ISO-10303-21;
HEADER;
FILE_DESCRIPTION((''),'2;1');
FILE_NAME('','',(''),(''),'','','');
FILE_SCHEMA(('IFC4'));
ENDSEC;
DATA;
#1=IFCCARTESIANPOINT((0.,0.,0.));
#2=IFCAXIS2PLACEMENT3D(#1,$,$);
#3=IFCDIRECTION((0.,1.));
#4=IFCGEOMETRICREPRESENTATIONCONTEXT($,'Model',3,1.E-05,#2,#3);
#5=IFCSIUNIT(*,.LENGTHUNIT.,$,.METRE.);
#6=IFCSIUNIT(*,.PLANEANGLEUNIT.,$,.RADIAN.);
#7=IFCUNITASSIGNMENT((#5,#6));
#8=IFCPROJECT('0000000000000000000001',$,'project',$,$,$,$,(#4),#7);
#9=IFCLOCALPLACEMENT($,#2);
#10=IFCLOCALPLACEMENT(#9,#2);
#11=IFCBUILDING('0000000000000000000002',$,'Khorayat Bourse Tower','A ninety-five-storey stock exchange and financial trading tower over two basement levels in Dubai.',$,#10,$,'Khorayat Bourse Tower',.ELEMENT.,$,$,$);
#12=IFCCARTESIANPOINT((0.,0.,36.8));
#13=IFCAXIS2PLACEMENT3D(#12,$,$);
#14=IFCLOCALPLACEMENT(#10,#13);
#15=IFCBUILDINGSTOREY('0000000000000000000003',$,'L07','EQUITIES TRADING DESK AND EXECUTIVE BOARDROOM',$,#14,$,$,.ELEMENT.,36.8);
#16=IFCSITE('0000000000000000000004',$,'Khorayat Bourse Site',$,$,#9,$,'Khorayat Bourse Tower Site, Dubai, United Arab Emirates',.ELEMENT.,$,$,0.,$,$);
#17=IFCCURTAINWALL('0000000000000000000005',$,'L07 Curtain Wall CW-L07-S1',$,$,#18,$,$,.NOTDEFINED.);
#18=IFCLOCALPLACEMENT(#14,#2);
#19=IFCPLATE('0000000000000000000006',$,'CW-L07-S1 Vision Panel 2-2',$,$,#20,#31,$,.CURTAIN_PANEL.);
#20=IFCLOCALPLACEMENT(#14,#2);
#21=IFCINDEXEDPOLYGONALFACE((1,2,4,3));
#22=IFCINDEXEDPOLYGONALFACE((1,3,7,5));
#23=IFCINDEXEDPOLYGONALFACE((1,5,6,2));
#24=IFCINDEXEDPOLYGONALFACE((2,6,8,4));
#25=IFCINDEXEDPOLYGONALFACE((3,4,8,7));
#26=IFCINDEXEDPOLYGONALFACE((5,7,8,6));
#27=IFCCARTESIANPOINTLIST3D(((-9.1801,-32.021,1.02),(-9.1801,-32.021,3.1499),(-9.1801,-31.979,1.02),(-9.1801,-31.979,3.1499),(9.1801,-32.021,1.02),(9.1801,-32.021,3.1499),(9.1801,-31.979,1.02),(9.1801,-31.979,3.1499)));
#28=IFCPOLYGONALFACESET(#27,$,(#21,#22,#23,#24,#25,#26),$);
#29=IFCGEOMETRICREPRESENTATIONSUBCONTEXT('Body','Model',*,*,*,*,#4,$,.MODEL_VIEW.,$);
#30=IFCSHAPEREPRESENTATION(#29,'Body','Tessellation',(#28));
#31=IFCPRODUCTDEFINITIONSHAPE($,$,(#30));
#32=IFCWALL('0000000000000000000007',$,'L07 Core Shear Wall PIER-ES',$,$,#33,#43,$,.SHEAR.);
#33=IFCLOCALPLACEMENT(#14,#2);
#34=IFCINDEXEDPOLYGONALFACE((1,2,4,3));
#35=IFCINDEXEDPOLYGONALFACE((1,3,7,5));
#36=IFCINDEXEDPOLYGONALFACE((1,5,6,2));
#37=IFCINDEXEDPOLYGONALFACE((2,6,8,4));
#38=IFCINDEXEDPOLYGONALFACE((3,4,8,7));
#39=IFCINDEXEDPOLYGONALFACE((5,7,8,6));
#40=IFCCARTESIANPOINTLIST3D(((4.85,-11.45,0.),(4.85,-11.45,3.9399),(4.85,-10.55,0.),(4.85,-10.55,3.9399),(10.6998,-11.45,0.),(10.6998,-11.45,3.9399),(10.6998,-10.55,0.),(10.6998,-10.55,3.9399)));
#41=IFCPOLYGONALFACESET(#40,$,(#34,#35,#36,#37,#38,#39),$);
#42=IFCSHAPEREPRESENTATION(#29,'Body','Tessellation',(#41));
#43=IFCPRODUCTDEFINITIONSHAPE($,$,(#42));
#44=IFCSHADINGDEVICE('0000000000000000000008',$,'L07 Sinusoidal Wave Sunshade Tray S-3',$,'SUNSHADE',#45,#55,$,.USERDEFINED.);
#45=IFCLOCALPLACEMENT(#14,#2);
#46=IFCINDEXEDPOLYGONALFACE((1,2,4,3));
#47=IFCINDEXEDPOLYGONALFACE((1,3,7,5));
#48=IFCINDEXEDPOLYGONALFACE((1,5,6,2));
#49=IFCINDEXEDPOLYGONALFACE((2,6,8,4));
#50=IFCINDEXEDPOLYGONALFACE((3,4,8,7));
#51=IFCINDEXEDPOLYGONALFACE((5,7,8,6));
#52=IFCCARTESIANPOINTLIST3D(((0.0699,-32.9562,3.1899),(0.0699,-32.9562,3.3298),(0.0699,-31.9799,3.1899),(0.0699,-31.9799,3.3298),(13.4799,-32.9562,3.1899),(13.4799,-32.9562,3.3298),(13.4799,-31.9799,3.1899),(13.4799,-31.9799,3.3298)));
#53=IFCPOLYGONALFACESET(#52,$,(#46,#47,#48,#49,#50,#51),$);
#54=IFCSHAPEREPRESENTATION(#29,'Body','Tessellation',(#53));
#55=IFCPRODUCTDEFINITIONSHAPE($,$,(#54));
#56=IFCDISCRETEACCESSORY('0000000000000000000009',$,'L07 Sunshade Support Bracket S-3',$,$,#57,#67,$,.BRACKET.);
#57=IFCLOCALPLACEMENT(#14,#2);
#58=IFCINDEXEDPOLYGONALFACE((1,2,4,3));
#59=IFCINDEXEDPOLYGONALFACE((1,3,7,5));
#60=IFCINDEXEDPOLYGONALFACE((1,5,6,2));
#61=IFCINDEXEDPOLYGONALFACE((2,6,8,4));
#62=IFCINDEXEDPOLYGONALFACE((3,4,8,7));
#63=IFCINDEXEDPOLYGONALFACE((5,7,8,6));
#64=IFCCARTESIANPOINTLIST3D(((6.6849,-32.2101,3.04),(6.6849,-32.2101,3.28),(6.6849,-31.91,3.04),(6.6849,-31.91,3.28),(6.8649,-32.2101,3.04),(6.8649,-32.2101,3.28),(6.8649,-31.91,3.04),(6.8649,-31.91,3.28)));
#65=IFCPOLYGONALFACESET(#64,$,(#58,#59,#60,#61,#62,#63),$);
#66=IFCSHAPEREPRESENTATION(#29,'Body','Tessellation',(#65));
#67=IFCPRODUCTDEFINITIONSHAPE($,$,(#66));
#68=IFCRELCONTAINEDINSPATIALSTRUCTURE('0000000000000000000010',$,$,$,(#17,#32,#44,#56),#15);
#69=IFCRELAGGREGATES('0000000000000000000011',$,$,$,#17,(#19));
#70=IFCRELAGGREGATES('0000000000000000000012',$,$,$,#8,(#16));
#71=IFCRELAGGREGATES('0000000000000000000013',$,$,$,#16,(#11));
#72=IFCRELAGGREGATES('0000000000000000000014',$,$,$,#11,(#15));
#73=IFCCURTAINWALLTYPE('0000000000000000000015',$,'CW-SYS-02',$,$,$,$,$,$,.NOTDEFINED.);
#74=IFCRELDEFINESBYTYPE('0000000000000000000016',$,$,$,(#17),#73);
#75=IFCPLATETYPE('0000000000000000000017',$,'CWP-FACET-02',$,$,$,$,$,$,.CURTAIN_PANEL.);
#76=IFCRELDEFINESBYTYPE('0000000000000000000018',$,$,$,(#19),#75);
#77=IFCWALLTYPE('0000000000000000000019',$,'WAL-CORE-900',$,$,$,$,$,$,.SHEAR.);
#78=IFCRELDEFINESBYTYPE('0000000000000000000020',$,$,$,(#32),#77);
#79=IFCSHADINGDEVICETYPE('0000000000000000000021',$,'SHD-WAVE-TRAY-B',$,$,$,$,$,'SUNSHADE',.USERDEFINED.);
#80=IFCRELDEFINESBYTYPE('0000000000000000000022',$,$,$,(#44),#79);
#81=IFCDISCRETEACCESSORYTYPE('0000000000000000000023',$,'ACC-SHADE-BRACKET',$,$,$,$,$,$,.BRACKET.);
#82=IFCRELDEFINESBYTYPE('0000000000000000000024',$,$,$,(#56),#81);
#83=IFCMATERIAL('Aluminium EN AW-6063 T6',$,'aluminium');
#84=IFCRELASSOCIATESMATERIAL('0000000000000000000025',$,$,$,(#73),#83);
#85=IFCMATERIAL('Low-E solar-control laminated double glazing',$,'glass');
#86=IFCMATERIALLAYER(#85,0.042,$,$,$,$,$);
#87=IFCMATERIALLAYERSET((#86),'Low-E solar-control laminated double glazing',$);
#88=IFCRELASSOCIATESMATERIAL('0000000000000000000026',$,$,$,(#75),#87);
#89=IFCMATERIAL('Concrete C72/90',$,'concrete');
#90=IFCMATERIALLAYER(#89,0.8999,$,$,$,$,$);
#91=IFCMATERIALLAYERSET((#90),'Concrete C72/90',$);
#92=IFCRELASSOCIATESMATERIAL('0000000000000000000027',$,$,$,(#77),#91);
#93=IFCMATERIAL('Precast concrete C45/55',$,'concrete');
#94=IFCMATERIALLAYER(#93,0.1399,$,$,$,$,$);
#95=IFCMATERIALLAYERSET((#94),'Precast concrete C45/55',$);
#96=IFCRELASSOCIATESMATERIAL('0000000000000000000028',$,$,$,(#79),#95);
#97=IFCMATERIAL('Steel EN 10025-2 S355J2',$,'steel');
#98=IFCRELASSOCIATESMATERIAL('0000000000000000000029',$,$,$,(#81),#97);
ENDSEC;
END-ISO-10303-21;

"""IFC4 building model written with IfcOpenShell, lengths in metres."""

from ifc_helpers import new_model, si_unit, direction, frame, frame_2d, origin, origin_2d, place, context, subcontext, project, spatial, rectangle, extrude, source, transform, mapped, material, layer, layer_set, type_object, element, aggregate, save


model = new_model("IFC4")

# Units and contexts
model_context = context("Model", 3, precision=1e-05, world=origin(), true_north=direction((0.0, 1.0)))
body_context = subcontext(model_context, "Body", "Model", "MODEL_VIEW")
ifc_project = project(units=[si_unit("LENGTHUNIT", "METRE"), si_unit("PLANEANGLEUNIT", "RADIAN")], contexts=[model_context])

# Site, building, storey
site_placement = place(None, origin())
site = spatial("IfcSite", under=ifc_project, at=site_placement, Name="Khorayat Bourse Site", LongName="Khorayat Bourse Tower Site, Dubai, United Arab Emirates", CompositionType="ELEMENT", RefElevation=0.0)
building_placement = place(site_placement, origin())
building = spatial("IfcBuilding", under=site, at=building_placement, Name="Khorayat Bourse Tower", Description="A ninety-five-storey stock exchange and financial trading tower over two basement levels in Dubai.", LongName="Khorayat Bourse Tower", CompositionType="ELEMENT")
storey_placement = place(building_placement, frame((0.0, 0.0, 36.8)))
storey = spatial("IfcBuildingStorey", under=building, at=storey_placement, Name="L07", Description="EQUITIES TRADING DESK AND EXECUTIVE BOARDROOM", CompositionType="ELEMENT", Elevation=36.8)

# Shared definitions
ifc_material_1 = material(Name="Concrete C72/90", Category="concrete")

# Curtain wall
ifc_material_2 = material(Name="Aluminium EN AW-6063 T6", Category="aluminium")
curtain_wall_type = type_object("IfcCurtainWallType", Name="CW-SYS-02", PredefinedType="NOTDEFINED", material=ifc_material_2)
curtain_wall_placement = place(storey_placement, origin())
curtain_wall = element("IfcCurtainWall", 1, at=curtain_wall_placement, inside=storey, type_object=curtain_wall_type, Name="L07 Curtain Wall CW-L07-S1", PredefinedType="NOTDEFINED")

# Shared definitions
ifc_material_3 = material(Name="Steel EN 10025-2 S355J2", Category="steel")

# Plate
ifc_material_4 = material(Name="Low-E solar-control laminated double glazing", Category="glass")
ifc_layer_1 = layer(ifc_material_4, 0.042)
ifc_layer_set_1 = layer_set([ifc_layer_1], Name="Low-E solar-control laminated double glazing")
plate_type_1 = type_object("IfcPlateType", Name="CWP-FACET-02", PredefinedType="CURTAIN_PANEL", material=ifc_layer_set_1)
shared_shape_1 = source(origin(), body_context, "Body", "SweptSolid", [
    extrude(rectangle(XDim=18.3601, YDim=0.042, at=origin_2d()), origin(), (0.0, 0.0, 1.0), 2.1299),
])
plate_1_placement = place(storey_placement, frame((0.0, -32.0, 1.02), z_axis=(0.0, 0.0, 1.0), x_axis=(1.0, 0.0, 0.0)))
plate_1 = element("IfcPlate", 2, at=plate_1_placement, type_object=plate_type_1, Name="CW-L07-S1 Vision Panel 2-2", PredefinedType="CURTAIN_PANEL", context=body_context, shape_type="MappedRepresentation", body=[
    mapped(shared_shape_1, transform((0.0, 0.0, 0.0), scale=1.0)),
])
aggregate(curtain_wall, [plate_1])

# Wall
ifc_layer_2 = layer(ifc_material_1, 0.8999)
ifc_layer_set_2 = layer_set([ifc_layer_2], Name="Concrete C72/90")
wall_type_1 = type_object("IfcWallType", Name="WAL-CORE-900", PredefinedType="SHEAR", material=ifc_layer_set_2)
shared_shape_2 = source(origin(), body_context, "Body", "SweptSolid", [
    extrude(rectangle(XDim=5.8499, YDim=0.8999, at=frame_2d((2.9248, 0.0))), origin(), (0.0, 0.0, 1.0), 3.9399),
])
wall_1_placement = place(storey_placement, frame((4.8501, -11.0, 0.0), z_axis=(0.0, 0.0, 1.0), x_axis=(1.0, 0.0, 0.0)))
element("IfcWall", 3, at=wall_1_placement, inside=storey, type_object=wall_type_1, Name="L07 Core Shear Wall PIER-ES", PredefinedType="SHEAR", context=body_context, shape_type="MappedRepresentation", body=[
    mapped(shared_shape_2, transform((0.0, 0.0, 0.0), scale=1.0)),
])

# Shading device
ifc_material_5 = material(Name="Precast concrete C45/55", Category="concrete")
ifc_layer_3 = layer(ifc_material_5, 0.1399)
ifc_layer_set_3 = layer_set([ifc_layer_3], Name="Precast concrete C45/55")
shading_device_type = type_object("IfcShadingDeviceType", Name="SHD-WAVE-TRAY-B", ElementType="SUNSHADE", PredefinedType="USERDEFINED", material=ifc_layer_set_3)
shared_shape_3 = source(origin(), body_context, "Body", "SweptSolid", [
    extrude(rectangle(XDim=13.4099, YDim=0.9763, at=origin_2d()), origin(), (0.0, 0.0, 1.0), 0.1399),
])
shading_device_placement = place(storey_placement, frame((6.7749, -32.468, 3.1899), z_axis=(0.0, 0.0, 1.0), x_axis=(1.0, 0.0, 0.0)))
element("IfcShadingDevice", 4, at=shading_device_placement, inside=storey, type_object=shading_device_type, Name="L07 Sinusoidal Wave Sunshade Tray S-3", ObjectType="SUNSHADE", PredefinedType="USERDEFINED", context=body_context, shape_type="MappedRepresentation", body=[
    mapped(shared_shape_3, transform((0.0, 0.0, 0.0), scale=1.0)),
])

# Discrete accessory
discrete_accessory_type = type_object("IfcDiscreteAccessoryType", Name="ACC-SHADE-BRACKET", PredefinedType="BRACKET", material=ifc_material_3)
shared_shape_4 = source(origin(), body_context, "Body", "SweptSolid", [
    extrude(rectangle(XDim=0.1799, YDim=0.3, at=origin_2d()), origin(), (0.0, 0.0, 1.0), 0.24),
])
discrete_accessory_placement = place(storey_placement, frame((6.7749, -32.0601, 3.04), z_axis=(0.0, 0.0, 1.0), x_axis=(1.0, 0.0, 0.0)))
element("IfcDiscreteAccessory", 5, at=discrete_accessory_placement, inside=storey, type_object=discrete_accessory_type, Name="L07 Sunshade Support Bracket S-3", PredefinedType="BRACKET", context=body_context, shape_type="MappedRepresentation", body=[
    mapped(shared_shape_4, transform((0.0, 0.0, 0.0), scale=1.0)),
])

save(model, "model.ifc")
